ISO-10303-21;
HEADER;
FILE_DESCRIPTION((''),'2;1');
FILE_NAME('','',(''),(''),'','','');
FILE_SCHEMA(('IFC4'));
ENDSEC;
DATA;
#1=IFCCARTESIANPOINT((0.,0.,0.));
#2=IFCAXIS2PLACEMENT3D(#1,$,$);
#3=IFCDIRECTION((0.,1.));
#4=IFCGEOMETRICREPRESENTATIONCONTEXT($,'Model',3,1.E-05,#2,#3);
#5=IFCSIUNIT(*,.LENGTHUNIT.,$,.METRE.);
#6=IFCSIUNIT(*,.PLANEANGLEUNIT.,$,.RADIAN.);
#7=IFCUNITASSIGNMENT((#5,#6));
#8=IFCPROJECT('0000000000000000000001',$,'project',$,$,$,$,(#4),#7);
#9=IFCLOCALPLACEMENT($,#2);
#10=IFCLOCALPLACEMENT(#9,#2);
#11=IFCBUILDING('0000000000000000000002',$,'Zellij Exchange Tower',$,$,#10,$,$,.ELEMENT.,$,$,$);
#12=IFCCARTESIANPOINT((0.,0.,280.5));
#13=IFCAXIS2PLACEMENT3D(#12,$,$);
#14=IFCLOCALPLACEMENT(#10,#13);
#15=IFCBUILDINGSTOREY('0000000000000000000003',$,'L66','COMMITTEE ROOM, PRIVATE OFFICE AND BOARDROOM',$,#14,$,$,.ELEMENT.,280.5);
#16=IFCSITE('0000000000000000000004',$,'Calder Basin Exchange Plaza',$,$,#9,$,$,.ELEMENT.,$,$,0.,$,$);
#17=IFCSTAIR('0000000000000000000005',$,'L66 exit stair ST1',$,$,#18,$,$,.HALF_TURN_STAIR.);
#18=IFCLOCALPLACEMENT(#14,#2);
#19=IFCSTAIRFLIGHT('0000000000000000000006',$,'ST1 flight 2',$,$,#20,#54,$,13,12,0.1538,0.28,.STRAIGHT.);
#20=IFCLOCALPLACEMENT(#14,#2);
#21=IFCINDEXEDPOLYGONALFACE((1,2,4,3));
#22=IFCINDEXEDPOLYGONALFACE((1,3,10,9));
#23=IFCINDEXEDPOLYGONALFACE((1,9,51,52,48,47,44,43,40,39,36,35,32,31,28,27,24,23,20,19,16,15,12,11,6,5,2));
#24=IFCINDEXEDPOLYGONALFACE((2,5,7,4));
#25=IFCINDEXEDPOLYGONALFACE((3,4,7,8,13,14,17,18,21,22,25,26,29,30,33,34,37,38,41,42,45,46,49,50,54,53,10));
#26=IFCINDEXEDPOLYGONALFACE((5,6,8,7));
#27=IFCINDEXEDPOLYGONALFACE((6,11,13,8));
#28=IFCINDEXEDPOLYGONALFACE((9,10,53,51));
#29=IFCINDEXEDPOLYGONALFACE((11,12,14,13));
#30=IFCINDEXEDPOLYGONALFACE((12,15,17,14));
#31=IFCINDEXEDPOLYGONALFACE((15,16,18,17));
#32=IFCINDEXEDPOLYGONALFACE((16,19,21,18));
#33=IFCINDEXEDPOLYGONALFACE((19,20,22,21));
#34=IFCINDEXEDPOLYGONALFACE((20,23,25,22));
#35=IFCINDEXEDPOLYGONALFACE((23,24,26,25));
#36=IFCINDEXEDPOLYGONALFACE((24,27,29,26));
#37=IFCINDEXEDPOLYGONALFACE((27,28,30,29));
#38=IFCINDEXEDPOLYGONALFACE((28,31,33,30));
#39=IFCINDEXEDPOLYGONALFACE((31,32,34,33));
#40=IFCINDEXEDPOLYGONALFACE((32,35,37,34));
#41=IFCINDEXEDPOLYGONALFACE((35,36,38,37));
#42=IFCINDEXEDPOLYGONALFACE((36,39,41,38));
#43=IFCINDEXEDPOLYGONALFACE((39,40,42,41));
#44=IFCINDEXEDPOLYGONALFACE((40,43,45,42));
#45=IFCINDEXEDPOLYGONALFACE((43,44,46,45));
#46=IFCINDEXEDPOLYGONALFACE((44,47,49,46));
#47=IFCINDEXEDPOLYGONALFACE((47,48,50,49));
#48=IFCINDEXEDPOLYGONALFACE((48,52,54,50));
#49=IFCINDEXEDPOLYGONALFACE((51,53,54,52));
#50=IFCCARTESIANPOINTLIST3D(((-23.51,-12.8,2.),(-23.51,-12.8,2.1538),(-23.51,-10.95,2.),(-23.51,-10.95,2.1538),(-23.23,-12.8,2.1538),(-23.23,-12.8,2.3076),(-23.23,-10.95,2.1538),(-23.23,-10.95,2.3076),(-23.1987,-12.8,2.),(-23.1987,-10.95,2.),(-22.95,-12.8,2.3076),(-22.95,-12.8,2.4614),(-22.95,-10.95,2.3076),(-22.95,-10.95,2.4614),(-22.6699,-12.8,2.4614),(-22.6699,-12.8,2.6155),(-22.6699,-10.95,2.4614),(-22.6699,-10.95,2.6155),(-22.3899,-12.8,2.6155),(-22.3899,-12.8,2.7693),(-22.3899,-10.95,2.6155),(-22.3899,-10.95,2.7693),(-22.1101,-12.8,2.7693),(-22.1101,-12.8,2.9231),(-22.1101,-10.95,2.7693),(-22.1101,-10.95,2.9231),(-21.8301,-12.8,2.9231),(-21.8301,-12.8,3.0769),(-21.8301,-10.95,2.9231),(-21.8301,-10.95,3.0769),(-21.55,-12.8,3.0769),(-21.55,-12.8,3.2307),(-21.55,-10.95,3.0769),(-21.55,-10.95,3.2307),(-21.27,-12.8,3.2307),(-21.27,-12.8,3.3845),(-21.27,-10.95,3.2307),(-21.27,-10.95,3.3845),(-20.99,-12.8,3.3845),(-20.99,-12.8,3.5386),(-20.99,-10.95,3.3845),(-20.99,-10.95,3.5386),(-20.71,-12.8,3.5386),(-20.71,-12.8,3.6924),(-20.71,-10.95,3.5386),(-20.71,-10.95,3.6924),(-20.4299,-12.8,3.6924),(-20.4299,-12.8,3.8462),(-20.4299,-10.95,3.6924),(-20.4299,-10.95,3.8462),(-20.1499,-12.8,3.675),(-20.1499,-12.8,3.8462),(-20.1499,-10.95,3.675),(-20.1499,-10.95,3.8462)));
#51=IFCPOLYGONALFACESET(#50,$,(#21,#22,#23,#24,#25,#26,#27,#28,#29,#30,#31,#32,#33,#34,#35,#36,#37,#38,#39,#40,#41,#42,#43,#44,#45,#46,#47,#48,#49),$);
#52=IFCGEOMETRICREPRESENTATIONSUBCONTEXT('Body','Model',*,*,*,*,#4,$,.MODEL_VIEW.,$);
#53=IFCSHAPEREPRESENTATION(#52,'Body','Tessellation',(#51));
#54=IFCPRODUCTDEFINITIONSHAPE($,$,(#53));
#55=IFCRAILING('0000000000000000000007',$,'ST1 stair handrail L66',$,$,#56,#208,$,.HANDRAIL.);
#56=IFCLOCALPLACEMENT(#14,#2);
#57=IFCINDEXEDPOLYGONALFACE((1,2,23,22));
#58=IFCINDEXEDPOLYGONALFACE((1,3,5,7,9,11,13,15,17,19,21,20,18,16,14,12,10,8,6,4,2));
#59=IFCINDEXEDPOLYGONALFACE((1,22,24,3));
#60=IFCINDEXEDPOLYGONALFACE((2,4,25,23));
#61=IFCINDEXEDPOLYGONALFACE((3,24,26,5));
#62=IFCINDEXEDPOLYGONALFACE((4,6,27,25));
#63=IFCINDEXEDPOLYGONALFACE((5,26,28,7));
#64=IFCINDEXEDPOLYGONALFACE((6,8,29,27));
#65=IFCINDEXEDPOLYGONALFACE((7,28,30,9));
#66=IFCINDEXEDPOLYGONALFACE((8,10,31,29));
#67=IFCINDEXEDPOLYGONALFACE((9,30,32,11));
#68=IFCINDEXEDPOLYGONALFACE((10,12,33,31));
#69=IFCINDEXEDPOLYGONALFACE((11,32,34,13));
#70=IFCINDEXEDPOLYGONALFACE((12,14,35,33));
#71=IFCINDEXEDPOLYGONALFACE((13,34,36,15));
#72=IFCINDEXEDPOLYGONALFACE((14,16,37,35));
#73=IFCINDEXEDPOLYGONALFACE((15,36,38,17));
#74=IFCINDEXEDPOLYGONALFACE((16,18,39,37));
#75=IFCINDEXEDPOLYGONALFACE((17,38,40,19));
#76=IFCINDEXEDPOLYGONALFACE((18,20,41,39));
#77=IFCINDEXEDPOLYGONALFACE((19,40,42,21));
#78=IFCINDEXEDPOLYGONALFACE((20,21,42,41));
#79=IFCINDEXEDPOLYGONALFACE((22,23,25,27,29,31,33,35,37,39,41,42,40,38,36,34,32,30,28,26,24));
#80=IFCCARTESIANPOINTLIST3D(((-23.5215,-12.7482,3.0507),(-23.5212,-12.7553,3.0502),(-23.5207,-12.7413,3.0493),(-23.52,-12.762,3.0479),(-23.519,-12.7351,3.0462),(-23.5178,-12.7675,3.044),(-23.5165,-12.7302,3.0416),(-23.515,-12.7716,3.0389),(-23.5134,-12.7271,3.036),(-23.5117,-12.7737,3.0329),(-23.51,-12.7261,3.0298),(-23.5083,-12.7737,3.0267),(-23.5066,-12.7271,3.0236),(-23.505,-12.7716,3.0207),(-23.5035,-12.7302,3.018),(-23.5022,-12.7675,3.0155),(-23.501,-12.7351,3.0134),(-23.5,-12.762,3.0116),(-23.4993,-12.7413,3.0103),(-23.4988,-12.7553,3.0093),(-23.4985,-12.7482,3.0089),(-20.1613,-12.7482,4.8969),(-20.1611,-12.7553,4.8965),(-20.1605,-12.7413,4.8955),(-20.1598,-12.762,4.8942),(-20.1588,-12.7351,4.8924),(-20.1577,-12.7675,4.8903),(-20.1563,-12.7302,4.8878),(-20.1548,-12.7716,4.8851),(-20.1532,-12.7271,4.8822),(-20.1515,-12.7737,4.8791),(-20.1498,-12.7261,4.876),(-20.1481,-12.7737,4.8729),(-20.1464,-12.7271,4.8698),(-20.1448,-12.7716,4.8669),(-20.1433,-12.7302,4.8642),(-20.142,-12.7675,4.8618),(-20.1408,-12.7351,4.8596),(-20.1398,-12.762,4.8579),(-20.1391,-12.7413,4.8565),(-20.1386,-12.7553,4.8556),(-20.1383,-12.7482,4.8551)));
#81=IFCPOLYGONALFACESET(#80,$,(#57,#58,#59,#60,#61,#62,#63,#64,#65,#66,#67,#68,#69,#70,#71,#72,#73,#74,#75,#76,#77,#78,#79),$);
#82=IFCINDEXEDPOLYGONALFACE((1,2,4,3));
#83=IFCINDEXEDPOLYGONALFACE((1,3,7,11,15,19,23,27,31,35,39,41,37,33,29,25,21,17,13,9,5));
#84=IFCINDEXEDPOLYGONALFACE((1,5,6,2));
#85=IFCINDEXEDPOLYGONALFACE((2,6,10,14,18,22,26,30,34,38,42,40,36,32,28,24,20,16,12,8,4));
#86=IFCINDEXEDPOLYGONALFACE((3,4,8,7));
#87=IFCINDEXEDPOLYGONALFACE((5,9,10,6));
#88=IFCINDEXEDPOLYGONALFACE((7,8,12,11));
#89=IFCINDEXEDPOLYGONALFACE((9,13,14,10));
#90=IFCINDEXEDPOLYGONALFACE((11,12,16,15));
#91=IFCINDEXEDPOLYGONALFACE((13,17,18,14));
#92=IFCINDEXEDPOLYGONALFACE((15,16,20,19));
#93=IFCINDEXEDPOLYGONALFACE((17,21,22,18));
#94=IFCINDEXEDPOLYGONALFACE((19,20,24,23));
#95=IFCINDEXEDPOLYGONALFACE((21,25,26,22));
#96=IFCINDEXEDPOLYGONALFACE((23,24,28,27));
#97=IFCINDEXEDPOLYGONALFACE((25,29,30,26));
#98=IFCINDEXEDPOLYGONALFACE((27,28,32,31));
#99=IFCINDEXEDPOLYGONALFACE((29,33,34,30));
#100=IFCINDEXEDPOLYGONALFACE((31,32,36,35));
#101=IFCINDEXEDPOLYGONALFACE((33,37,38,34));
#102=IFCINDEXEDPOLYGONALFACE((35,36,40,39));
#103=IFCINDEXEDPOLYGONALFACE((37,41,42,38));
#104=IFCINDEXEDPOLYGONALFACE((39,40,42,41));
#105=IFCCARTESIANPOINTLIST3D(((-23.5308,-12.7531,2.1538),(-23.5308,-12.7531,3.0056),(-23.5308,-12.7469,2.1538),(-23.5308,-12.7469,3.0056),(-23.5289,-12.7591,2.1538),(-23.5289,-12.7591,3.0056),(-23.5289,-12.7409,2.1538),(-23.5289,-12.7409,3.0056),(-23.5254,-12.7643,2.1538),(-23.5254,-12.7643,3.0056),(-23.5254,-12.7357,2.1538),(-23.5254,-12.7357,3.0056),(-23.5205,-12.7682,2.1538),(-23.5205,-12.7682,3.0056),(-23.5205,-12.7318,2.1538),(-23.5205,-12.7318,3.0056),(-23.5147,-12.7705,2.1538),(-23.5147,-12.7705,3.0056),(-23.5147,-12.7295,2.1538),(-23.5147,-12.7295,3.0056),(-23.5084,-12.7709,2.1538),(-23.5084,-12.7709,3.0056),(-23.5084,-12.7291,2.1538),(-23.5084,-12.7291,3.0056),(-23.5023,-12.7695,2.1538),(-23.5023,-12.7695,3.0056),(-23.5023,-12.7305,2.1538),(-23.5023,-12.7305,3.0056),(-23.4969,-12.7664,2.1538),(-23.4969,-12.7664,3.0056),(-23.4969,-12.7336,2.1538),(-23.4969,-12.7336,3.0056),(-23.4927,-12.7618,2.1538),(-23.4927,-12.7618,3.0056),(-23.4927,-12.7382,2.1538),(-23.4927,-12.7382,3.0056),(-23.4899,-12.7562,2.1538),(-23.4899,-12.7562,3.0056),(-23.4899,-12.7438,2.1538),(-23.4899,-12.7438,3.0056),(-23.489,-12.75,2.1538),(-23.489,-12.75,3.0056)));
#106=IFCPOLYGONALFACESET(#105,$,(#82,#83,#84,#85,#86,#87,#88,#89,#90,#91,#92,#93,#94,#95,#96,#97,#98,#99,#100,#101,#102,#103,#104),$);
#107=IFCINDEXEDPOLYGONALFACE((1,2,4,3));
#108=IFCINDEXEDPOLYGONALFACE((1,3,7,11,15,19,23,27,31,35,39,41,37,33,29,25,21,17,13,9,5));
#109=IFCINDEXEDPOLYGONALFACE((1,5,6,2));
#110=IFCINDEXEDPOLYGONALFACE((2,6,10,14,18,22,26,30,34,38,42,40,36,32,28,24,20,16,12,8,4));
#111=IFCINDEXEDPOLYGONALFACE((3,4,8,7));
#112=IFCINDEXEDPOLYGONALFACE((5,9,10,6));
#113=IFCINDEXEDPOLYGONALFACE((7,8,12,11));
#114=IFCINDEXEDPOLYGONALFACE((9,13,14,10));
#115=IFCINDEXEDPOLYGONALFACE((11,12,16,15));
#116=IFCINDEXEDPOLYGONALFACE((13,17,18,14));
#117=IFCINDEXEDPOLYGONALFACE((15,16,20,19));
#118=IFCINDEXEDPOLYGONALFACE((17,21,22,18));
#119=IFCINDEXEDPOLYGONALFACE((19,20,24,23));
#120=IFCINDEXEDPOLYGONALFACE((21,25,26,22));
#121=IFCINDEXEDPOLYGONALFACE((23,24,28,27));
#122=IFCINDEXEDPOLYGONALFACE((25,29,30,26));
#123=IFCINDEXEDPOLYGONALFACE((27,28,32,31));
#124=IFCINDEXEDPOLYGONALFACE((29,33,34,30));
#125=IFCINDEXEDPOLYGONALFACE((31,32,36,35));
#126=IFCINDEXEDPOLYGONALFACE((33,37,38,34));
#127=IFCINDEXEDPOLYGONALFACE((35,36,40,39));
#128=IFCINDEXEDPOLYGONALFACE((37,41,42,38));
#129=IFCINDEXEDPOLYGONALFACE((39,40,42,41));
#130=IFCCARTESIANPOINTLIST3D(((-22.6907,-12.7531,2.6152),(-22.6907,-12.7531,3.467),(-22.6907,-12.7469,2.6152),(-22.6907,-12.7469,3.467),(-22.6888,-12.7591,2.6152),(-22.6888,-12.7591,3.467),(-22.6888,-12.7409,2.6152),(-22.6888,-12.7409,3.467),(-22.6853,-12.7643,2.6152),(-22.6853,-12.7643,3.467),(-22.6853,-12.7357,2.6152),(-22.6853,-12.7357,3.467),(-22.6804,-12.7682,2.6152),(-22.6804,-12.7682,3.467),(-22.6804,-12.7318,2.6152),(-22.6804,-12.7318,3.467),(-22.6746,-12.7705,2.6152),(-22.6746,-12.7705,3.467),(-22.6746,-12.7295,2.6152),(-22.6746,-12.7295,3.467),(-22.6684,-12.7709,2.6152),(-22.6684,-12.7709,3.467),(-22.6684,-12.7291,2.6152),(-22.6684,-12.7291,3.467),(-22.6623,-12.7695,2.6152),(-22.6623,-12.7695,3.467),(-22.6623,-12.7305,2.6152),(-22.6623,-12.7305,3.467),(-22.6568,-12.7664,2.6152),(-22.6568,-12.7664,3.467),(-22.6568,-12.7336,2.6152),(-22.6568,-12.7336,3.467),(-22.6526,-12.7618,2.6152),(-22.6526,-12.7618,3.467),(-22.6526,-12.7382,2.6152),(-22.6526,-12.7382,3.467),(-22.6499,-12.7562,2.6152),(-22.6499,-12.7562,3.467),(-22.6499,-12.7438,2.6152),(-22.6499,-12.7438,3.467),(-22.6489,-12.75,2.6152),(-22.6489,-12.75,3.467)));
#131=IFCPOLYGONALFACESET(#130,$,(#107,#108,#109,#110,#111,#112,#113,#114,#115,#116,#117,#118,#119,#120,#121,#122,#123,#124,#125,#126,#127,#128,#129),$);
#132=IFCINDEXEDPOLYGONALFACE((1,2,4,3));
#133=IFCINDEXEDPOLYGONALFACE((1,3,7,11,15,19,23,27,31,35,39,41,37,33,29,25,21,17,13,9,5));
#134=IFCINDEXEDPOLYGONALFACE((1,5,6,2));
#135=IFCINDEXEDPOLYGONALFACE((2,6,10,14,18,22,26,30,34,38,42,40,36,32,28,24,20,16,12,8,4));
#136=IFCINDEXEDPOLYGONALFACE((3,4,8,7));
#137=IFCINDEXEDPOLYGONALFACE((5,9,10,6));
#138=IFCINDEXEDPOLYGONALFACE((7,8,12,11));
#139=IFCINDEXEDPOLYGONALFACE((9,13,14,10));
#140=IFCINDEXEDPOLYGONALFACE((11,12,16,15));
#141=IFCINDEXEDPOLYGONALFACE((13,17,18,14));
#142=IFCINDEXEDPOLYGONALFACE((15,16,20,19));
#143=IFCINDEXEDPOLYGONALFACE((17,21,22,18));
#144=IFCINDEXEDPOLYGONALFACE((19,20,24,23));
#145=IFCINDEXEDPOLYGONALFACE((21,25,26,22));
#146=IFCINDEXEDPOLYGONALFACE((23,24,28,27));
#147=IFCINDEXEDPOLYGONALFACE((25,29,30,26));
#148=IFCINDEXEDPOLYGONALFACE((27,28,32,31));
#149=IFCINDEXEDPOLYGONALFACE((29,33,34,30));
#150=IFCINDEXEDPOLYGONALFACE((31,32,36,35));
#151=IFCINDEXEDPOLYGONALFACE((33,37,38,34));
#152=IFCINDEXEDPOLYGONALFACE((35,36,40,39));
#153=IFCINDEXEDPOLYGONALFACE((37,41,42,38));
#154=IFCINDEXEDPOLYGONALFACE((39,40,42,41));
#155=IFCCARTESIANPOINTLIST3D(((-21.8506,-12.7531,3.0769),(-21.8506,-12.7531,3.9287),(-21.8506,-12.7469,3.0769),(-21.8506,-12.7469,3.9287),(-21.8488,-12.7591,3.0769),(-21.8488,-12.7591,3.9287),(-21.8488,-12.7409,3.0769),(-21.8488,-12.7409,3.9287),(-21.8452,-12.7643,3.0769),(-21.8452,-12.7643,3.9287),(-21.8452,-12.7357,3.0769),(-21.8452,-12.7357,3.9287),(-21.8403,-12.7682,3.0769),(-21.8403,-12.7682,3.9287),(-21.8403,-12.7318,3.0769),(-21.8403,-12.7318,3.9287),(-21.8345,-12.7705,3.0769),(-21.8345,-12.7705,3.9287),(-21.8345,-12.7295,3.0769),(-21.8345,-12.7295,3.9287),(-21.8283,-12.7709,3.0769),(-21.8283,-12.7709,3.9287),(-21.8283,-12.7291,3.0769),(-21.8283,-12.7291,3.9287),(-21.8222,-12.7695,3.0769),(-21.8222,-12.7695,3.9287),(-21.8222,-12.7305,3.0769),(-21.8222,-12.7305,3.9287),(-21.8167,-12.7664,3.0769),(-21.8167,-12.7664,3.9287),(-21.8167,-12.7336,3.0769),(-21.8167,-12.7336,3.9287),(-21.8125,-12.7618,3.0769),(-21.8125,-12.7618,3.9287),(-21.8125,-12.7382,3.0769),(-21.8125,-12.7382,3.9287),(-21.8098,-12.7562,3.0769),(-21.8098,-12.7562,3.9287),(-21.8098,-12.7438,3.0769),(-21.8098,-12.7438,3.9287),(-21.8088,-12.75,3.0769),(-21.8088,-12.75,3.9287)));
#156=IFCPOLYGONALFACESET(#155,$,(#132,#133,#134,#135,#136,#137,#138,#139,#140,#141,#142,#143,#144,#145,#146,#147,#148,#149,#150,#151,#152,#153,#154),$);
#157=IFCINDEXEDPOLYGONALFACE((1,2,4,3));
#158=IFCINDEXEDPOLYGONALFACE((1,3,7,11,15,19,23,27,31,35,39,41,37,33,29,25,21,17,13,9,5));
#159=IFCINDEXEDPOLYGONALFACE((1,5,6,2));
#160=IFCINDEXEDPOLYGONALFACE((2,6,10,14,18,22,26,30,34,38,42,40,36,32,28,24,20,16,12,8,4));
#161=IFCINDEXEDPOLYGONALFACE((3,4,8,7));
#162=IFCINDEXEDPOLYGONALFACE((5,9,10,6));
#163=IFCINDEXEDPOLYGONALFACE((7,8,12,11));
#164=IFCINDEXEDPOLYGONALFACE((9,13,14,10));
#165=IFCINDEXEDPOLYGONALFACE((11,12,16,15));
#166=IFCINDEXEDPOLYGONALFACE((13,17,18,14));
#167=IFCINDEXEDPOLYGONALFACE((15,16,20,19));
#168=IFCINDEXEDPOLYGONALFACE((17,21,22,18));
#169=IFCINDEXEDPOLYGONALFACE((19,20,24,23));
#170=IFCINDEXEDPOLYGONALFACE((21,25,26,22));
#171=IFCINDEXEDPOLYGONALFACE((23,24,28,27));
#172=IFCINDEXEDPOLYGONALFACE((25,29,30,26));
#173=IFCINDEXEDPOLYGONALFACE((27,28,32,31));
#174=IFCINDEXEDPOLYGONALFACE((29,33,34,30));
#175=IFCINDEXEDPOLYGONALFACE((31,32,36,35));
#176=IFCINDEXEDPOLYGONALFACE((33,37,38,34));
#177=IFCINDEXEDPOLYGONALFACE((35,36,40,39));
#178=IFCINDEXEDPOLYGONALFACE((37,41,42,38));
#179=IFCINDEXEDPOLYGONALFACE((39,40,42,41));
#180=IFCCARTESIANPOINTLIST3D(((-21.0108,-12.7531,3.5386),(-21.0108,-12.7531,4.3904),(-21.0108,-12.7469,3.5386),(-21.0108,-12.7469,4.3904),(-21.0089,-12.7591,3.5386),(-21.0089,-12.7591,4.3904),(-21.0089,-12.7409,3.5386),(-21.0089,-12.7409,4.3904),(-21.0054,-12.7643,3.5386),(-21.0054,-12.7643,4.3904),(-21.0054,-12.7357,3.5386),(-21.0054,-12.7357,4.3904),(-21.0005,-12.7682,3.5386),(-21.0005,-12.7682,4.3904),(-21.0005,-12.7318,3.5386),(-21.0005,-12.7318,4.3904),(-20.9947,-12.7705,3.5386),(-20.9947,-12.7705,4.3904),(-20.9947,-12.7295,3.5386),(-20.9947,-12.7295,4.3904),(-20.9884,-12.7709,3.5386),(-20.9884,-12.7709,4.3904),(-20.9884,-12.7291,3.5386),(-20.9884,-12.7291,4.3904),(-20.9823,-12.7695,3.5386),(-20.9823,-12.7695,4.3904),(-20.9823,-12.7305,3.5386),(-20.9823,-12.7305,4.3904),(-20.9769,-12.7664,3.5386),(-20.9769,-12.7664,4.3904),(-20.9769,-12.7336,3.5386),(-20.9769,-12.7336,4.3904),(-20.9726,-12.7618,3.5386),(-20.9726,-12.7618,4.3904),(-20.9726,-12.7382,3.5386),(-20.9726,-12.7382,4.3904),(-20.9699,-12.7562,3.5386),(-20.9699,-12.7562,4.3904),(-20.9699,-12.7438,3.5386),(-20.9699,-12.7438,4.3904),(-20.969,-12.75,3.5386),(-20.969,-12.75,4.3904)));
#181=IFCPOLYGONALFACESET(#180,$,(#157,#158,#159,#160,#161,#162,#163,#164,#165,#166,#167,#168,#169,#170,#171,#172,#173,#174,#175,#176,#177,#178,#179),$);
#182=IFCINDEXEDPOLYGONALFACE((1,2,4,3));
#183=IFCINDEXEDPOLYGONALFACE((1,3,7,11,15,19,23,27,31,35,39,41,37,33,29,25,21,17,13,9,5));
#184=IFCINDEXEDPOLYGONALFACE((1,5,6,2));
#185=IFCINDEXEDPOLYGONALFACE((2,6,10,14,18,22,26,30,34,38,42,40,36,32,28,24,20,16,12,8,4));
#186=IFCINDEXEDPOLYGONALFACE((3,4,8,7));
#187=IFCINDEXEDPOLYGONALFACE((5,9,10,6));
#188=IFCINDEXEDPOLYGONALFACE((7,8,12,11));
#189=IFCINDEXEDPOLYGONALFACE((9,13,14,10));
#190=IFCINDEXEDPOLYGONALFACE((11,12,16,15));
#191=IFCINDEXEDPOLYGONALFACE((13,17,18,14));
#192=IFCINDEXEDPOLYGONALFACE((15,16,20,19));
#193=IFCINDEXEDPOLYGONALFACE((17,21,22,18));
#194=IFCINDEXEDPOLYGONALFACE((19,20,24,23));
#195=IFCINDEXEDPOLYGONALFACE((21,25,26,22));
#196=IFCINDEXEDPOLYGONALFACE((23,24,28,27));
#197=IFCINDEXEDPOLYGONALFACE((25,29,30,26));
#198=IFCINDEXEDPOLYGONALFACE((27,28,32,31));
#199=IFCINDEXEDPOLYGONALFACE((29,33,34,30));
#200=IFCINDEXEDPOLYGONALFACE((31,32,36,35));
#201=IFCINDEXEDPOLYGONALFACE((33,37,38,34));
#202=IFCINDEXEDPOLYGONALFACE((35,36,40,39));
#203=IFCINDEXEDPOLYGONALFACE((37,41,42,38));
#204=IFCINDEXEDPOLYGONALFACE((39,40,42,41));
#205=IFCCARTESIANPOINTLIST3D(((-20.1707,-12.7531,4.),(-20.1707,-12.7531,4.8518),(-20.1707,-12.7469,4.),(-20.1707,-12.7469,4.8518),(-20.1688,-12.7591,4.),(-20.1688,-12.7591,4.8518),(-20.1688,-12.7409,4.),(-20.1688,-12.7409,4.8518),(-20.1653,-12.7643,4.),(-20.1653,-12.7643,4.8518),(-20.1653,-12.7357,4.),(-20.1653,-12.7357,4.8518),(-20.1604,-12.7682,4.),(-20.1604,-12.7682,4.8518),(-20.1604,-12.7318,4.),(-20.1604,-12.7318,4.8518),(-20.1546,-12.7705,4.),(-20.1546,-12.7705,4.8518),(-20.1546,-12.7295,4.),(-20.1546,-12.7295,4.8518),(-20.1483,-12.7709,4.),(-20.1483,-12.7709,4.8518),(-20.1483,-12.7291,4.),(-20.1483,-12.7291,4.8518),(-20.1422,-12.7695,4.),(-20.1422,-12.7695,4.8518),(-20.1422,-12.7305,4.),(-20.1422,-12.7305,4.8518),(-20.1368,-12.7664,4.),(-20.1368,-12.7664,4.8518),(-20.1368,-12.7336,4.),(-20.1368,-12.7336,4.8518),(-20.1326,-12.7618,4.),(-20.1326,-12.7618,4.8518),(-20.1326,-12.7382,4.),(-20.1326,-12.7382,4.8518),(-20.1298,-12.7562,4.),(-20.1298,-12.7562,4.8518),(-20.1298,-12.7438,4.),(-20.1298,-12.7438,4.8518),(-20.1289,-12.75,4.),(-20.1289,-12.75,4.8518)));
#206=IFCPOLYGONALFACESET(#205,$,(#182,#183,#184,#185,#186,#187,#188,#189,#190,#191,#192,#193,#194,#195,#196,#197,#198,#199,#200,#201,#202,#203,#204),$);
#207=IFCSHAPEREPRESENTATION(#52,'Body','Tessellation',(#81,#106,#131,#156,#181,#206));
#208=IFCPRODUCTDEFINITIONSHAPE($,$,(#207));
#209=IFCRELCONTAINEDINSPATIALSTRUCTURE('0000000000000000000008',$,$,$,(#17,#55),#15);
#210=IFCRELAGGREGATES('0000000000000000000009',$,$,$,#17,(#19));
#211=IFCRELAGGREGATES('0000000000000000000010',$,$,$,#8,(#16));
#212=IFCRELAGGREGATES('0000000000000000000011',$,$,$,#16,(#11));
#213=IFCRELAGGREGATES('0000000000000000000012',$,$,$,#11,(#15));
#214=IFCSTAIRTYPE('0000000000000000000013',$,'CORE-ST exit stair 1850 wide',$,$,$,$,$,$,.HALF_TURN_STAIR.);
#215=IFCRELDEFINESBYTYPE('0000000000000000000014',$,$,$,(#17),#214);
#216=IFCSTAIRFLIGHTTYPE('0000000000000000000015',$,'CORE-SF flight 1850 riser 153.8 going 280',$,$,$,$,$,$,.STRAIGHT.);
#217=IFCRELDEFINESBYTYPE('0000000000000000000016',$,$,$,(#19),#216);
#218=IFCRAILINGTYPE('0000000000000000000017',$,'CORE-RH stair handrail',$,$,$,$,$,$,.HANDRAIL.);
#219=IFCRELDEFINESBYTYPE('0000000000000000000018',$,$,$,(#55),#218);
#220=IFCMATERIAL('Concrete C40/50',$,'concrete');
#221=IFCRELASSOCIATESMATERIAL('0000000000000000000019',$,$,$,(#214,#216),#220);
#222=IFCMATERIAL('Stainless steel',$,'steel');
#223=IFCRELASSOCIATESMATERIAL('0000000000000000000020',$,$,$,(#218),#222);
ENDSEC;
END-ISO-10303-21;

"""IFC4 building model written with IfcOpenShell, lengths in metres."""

from ifc_helpers import new_model, si_unit, direction, frame, origin, origin_2d, place, context, subcontext, project, spatial, polyline, circle, outline, extrude, material, type_object, element, aggregate, save


model = new_model("IFC4")

# Units and contexts
model_context = context("Model", 3, precision=1e-05, world=origin(), true_north=direction((0.0, 1.0)))
body_context = subcontext(model_context, "Body", "Model", "MODEL_VIEW")
ifc_project = project(units=[si_unit("LENGTHUNIT", "METRE"), si_unit("PLANEANGLEUNIT", "RADIAN")], contexts=[model_context])

# Site, building, storey
site_placement = place(None, origin())
site = spatial("IfcSite", under=ifc_project, at=site_placement, Name="Calder Basin Exchange Plaza", CompositionType="ELEMENT", RefElevation=0.0)
building_placement = place(site_placement, origin())
building = spatial("IfcBuilding", under=site, at=building_placement, Name="Zellij Exchange Tower", CompositionType="ELEMENT")
storey_placement = place(building_placement, frame((0.0, 0.0, 280.5)))
storey = spatial("IfcBuildingStorey", under=building, at=storey_placement, Name="L66", Description="COMMITTEE ROOM, PRIVATE OFFICE AND BOARDROOM", CompositionType="ELEMENT", Elevation=280.5)

# Stair, stair flight
ifc_material_1 = material(Name="Concrete C40/50", Category="concrete")
stair_type = type_object("IfcStairType", Name="CORE-ST exit stair 1850 wide", PredefinedType="HALF_TURN_STAIR", material=ifc_material_1)
stair_placement = place(storey_placement, origin())
stair = element("IfcStair", 1, at=stair_placement, inside=storey, type_object=stair_type, Name="L66 exit stair ST1", PredefinedType="HALF_TURN_STAIR")
stair_flight_type = type_object("IfcStairFlightType", Name="CORE-SF flight 1850 riser 153.8 going 280", PredefinedType="STRAIGHT", material=ifc_material_1)
stair_flight_placement = place(storey_placement, frame((-23.51, -11.875, 2.0), z_axis=(0.0, 0.0, 1.0), x_axis=(1.0, 0.0, 0.0)))
stair_flight = element("IfcStairFlight", 2, at=stair_flight_placement, type_object=stair_flight_type, Name="ST1 flight 2", NumberOfRisers=13, NumberOfTreads=12, PredefinedType="STRAIGHT", RiserHeight=0.1538, TreadLength=0.28, context=body_context, shape_type="SweptSolid", body=[
    extrude(outline(polyline([(0.0, 0.0), (0.0, 0.1538), (0.28, 0.1538), (0.28, 0.3076), (0.5601, 0.3076), (0.5601, 0.4614), (0.8401, 0.4614), (0.8401, 0.6155), (1.1201, 0.6155), (1.1201, 0.7693), (1.3999, 0.7693), (1.3999, 0.9231), (1.6799, 0.9231), (1.6799, 1.0769), (1.96, 1.0769), (1.96, 1.2307), (2.24, 1.2307), (2.24, 1.3845), (2.52, 1.3845), (2.52, 1.5386), (2.8, 1.5386), (2.8, 1.6924), (3.0801, 1.6924), (3.0801, 1.8462), (3.3601, 1.8462), (3.3601, 2.0), (3.3601, 1.675), (0.3113, 0.0), (0.0, 0.0)])), frame((0.0, 0.925, 0.0), z_axis=(0.0, -1.0, 0.0), x_axis=(1.0, 0.0, 0.0)), (0.0, 0.0, 1.0), 1.8501),
])
aggregate(stair, [stair_flight])

# Railing
ifc_material_2 = material(Name="Stainless steel", Category="steel")
railing_type = type_object("IfcRailingType", Name="CORE-RH stair handrail", PredefinedType="HANDRAIL", material=ifc_material_2)
railing_placement = place(storey_placement, frame((-23.51, -12.75, 2.1538)))
element("IfcRailing", 3, at=railing_placement, inside=storey, type_object=railing_type, Name="ST1 stair handrail L66", PredefinedType="HANDRAIL", context=body_context, shape_type="SweptSolid", body=[
    extrude(circle(Radius=0.0239, at=origin_2d()), frame((0.0, 0.0, 0.876), z_axis=(0.876422, 0.0, 0.481545), x_axis=(0.0, 1.0, 0.0)), (0.0, 0.0, 1.0), 3.834),
    extrude(circle(Radius=0.021, at=origin_2d()), origin(), (0.0, 0.0, 1.0), 0.8518),
    extrude(circle(Radius=0.021, at=origin_2d()), frame((0.8401, 0.0, 0.4614)), (0.0, 0.0, 1.0), 0.8518),
    extrude(circle(Radius=0.021, at=origin_2d()), frame((1.6802, 0.0, 0.9231)), (0.0, 0.0, 1.0), 0.8518),
    extrude(circle(Radius=0.021, at=origin_2d()), frame((2.52, 0.0, 1.3848)), (0.0, 0.0, 1.0), 0.8518),
    extrude(circle(Radius=0.021, at=origin_2d()), frame((3.3601, 0.0, 1.8462)), (0.0, 0.0, 1.0), 0.8518),
])

save(model, "model.ifc")
